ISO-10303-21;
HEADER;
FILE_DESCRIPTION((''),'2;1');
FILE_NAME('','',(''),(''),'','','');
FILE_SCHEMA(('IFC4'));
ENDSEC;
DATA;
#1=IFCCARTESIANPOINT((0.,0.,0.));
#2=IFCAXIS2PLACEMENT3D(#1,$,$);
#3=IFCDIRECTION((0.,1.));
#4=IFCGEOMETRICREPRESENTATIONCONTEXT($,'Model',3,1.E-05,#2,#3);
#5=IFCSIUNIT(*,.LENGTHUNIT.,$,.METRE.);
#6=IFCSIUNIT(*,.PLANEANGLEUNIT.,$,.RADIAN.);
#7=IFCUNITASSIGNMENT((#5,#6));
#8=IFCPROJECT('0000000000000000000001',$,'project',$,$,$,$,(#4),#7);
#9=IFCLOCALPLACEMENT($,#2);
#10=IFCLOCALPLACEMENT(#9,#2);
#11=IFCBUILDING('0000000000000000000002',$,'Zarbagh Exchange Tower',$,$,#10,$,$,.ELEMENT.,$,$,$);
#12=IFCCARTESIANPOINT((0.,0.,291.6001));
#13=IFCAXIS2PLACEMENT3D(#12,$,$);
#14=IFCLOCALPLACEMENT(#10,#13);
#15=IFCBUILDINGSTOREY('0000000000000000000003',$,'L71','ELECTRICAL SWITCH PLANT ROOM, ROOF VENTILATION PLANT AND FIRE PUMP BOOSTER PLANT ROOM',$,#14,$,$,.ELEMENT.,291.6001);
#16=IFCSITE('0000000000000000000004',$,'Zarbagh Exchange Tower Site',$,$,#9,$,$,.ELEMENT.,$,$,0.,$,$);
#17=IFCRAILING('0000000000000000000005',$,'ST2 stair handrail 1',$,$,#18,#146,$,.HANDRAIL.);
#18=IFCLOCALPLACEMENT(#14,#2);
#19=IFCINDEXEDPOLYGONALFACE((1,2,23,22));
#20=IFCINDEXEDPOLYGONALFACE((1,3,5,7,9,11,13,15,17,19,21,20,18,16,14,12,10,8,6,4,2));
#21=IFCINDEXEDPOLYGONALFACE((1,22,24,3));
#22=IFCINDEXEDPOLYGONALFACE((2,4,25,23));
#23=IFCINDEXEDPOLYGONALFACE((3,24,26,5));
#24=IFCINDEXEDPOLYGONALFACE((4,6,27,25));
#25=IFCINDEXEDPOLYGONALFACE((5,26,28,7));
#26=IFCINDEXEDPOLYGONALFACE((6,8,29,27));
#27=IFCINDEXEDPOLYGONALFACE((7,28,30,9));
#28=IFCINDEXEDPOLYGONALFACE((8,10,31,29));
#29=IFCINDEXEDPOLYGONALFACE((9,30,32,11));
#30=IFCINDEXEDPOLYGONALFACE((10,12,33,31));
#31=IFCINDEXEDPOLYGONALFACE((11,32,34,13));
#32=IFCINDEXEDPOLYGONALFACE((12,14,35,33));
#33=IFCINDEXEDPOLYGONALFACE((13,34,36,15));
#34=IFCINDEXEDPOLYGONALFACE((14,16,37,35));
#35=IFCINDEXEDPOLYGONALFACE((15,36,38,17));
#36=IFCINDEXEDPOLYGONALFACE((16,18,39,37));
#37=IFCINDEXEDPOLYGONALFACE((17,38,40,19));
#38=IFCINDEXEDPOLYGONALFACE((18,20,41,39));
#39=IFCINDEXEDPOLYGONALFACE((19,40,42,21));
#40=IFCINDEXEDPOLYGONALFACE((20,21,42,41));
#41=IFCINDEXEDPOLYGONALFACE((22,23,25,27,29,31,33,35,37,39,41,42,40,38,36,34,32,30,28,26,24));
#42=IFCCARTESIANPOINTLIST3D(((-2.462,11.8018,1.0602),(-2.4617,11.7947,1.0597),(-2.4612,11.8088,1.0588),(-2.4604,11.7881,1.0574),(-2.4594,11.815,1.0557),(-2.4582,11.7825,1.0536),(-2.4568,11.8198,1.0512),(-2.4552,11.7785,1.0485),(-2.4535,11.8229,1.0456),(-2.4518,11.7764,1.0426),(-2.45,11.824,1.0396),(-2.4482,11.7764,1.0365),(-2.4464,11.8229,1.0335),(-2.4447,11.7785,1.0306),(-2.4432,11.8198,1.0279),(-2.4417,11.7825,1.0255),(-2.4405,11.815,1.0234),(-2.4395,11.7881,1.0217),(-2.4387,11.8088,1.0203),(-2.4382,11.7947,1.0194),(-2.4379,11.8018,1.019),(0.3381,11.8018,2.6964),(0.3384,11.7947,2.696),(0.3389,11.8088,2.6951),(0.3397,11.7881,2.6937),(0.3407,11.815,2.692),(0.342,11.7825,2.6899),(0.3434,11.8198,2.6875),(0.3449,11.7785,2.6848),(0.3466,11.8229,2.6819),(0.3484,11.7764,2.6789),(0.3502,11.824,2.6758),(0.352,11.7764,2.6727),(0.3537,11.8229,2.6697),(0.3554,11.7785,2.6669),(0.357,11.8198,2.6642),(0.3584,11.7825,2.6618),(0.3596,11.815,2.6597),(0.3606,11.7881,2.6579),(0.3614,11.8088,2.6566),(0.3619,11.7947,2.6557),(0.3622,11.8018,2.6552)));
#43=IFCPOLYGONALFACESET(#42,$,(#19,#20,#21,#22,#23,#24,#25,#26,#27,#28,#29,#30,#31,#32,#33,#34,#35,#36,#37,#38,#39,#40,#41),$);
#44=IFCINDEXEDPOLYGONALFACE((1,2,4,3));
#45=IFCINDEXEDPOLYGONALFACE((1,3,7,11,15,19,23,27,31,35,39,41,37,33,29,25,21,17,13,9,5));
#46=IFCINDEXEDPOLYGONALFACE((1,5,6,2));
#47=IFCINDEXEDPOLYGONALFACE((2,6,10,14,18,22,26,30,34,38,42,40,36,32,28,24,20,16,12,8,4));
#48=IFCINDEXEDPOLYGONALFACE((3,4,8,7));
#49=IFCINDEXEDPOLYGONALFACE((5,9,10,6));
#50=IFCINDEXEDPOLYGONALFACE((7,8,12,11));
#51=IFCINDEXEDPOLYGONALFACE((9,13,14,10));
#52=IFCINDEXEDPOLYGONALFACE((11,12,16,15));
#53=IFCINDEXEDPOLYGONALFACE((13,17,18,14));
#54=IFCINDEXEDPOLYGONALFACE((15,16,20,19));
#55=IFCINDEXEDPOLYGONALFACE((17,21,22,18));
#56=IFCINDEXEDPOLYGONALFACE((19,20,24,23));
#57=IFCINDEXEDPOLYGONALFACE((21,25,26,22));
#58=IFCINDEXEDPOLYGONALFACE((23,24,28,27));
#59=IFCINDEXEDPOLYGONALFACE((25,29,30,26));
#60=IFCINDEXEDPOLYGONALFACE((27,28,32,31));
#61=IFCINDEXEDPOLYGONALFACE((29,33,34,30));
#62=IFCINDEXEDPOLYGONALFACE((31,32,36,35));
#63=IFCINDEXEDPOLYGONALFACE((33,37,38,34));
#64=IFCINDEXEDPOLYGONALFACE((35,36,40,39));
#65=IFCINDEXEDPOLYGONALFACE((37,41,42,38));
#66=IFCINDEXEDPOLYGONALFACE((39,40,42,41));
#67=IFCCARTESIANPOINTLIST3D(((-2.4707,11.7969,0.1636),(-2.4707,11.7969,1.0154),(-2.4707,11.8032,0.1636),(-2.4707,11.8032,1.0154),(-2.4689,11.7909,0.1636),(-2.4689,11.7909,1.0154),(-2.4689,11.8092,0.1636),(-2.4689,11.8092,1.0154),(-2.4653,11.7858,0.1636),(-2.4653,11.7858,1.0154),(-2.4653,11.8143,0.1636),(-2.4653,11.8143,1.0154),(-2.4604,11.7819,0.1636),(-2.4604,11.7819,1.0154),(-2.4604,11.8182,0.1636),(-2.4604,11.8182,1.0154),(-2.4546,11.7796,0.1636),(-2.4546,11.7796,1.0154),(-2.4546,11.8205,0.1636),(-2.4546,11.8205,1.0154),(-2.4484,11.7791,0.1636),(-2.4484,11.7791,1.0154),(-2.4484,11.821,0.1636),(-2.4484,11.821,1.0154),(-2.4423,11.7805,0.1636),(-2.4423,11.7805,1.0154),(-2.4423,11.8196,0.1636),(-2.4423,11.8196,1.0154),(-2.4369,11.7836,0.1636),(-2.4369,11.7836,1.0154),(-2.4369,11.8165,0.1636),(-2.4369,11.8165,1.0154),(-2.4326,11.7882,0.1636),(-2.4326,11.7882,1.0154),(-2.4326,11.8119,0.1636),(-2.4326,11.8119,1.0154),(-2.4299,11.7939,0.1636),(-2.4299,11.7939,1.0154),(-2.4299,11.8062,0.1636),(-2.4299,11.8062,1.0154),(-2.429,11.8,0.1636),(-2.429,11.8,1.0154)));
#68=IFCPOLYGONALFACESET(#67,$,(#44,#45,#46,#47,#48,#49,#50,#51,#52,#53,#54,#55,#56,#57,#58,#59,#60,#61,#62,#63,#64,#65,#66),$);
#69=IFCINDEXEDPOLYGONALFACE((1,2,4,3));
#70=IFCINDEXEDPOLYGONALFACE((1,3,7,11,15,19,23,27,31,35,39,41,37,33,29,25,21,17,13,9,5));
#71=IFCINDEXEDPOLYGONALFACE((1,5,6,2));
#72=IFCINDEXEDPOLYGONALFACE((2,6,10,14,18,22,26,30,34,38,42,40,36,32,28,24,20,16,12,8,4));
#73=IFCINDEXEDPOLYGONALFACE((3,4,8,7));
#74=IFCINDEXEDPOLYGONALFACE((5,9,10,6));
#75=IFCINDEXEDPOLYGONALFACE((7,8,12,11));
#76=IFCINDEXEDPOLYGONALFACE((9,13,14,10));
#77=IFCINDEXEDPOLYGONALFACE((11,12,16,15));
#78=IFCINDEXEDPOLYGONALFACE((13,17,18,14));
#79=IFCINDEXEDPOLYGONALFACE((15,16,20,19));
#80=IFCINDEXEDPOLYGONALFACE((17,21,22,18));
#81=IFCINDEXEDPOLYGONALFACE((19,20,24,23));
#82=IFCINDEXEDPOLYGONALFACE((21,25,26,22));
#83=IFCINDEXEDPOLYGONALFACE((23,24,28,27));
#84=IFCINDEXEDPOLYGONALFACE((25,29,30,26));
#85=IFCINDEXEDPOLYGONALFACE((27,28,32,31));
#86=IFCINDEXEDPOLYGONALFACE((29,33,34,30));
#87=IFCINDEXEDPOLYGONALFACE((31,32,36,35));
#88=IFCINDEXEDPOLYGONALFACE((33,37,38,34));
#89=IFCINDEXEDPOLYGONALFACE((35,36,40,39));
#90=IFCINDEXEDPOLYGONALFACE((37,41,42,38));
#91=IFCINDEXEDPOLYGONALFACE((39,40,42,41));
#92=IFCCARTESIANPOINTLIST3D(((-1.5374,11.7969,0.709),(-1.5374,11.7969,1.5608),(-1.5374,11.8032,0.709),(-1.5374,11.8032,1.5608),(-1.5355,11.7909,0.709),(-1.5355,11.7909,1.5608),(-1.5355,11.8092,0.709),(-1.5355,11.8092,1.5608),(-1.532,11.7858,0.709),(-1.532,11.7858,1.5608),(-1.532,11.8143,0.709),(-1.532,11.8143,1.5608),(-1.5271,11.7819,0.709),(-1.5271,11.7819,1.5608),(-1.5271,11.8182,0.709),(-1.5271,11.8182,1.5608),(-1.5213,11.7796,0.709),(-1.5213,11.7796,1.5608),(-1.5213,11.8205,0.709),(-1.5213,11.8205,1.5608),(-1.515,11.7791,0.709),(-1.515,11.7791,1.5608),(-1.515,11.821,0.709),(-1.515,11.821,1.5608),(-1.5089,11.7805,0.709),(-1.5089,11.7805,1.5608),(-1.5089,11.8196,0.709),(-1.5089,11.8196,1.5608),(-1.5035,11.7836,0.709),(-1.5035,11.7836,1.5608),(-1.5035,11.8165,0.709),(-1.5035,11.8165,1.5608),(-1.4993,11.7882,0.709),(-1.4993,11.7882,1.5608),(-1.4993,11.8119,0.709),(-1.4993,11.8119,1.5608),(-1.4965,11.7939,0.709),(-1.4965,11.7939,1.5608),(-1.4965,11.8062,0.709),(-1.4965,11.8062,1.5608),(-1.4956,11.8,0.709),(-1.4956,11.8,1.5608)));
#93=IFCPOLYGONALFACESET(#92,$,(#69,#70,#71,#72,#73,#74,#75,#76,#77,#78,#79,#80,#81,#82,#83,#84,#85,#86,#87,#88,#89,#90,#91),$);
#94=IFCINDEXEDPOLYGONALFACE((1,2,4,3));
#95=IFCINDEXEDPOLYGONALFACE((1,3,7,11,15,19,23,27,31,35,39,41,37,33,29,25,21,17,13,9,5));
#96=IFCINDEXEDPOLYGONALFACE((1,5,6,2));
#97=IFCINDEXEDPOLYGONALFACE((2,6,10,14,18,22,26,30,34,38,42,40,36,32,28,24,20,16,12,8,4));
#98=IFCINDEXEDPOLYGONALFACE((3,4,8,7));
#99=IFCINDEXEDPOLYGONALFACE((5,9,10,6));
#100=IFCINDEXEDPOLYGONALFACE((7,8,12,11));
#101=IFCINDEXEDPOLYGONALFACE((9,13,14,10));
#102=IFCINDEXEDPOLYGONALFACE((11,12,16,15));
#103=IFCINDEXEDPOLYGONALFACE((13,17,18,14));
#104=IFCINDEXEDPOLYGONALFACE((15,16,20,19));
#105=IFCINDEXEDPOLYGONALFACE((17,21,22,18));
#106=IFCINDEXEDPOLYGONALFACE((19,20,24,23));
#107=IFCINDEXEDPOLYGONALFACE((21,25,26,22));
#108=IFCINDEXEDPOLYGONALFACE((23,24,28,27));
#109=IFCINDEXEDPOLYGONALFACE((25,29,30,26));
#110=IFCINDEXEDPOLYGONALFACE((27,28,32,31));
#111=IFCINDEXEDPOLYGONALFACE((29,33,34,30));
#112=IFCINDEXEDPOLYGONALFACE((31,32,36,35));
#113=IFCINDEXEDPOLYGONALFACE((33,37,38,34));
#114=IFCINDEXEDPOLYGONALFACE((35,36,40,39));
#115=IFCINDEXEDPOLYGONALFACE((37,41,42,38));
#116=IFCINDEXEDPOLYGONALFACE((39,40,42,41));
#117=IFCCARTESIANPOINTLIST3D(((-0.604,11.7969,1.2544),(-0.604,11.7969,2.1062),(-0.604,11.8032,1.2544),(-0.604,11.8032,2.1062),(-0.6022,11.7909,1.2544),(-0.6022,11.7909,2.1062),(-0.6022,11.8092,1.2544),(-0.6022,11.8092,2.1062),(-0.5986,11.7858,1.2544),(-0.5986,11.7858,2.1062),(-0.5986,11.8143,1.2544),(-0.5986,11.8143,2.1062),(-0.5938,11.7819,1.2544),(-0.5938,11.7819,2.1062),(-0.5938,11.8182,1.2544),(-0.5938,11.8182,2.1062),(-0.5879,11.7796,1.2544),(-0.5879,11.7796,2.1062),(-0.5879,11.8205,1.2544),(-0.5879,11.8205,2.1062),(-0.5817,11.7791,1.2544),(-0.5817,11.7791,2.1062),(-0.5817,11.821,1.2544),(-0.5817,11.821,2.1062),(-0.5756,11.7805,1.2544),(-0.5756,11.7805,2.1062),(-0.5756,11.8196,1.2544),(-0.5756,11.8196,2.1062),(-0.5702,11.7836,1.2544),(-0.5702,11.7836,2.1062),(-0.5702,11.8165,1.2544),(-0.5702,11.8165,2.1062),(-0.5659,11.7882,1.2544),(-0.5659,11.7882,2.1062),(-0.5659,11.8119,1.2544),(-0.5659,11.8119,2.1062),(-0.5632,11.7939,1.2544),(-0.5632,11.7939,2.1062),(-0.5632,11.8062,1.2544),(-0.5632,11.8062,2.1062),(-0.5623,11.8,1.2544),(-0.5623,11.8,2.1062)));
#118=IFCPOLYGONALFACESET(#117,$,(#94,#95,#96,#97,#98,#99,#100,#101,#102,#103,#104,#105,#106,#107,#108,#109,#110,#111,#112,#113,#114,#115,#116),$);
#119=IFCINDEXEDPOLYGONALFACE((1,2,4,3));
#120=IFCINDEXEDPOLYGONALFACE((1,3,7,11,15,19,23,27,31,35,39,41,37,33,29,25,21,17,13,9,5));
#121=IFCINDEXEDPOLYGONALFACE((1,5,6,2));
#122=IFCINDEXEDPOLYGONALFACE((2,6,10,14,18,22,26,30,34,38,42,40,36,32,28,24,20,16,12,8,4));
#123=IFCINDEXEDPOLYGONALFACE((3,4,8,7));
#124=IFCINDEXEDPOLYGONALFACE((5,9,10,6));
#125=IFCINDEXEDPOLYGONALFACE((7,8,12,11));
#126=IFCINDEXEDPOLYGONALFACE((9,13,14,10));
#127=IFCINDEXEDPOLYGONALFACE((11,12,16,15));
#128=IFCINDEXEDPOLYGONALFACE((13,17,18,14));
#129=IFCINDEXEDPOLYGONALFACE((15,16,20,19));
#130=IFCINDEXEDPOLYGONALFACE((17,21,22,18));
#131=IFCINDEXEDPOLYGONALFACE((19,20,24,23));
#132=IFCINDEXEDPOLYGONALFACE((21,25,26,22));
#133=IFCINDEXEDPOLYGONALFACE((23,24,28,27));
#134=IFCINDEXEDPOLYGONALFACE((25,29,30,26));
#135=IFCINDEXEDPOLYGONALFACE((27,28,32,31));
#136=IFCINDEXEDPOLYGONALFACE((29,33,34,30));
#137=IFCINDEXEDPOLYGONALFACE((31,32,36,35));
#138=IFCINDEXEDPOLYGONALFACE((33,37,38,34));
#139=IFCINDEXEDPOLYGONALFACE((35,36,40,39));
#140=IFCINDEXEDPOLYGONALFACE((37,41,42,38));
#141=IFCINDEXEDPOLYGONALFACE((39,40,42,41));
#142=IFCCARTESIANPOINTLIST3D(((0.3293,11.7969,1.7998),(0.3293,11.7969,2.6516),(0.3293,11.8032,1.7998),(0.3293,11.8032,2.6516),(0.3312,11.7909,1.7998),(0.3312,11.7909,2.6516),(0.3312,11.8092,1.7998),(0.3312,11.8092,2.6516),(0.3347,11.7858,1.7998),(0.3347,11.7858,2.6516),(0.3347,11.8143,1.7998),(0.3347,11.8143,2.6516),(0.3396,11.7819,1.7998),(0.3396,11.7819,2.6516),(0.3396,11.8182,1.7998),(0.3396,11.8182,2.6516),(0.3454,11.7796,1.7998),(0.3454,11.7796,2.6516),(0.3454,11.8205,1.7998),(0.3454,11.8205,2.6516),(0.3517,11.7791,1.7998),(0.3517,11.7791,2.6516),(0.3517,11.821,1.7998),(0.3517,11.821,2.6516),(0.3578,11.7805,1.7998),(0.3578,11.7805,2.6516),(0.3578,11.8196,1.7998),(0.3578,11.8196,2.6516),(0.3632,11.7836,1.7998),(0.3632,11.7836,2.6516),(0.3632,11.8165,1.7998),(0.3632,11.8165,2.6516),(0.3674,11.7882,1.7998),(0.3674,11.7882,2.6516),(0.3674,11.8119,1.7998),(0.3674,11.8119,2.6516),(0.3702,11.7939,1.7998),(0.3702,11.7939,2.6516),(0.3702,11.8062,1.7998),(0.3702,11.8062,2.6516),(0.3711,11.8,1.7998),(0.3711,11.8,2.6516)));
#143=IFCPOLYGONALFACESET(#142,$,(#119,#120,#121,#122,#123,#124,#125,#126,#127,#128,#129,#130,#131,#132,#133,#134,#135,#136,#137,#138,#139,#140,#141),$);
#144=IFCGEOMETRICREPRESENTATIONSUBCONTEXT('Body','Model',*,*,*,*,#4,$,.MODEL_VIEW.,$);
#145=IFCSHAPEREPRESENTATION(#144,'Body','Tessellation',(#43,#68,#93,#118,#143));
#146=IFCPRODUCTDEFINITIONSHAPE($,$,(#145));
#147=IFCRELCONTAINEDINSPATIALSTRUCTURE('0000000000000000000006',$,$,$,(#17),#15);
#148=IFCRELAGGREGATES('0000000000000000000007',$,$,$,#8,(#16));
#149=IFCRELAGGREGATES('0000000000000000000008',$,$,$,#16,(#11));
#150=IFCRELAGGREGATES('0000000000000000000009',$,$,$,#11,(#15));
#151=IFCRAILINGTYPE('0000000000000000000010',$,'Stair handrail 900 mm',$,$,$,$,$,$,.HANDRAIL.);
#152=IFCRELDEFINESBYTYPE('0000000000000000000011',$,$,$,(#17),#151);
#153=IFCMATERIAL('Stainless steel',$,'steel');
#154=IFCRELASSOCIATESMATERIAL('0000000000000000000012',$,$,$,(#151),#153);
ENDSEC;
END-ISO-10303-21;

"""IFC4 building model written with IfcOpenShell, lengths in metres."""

from ifc_helpers import new_model, si_unit, direction, frame, origin, origin_2d, place, context, subcontext, project, spatial, circle, extrude, material, type_object, element, save


model = new_model("IFC4")

# Units and contexts
model_context = context("Model", 3, precision=1e-05, world=origin(), true_north=direction((0.0, 1.0)))
body_context = subcontext(model_context, "Body", "Model", "MODEL_VIEW")
ifc_project = project(units=[si_unit("LENGTHUNIT", "METRE"), si_unit("PLANEANGLEUNIT", "RADIAN")], contexts=[model_context])

# Site, building, storey
site_placement = place(None, origin())
site = spatial("IfcSite", under=ifc_project, at=site_placement, Name="Zarbagh Exchange Tower Site", CompositionType="ELEMENT", RefElevation=0.0)
building_placement = place(site_placement, origin())
building = spatial("IfcBuilding", under=site, at=building_placement, Name="Zarbagh Exchange Tower", CompositionType="ELEMENT")
storey_placement = place(building_placement, frame((0.0, 0.0, 291.6001)))
storey = spatial("IfcBuildingStorey", under=building, at=storey_placement, Name="L71", Description="ELECTRICAL SWITCH PLANT ROOM, ROOF VENTILATION PLANT AND FIRE PUMP BOOSTER PLANT ROOM", CompositionType="ELEMENT", Elevation=291.6001)

# Railing
ifc_material_1 = material(Name="Stainless steel", Category="steel")
railing_type = type_object("IfcRailingType", Name="Stair handrail 900 mm", PredefinedType="HANDRAIL", material=ifc_material_1)
railing_1_placement = place(storey_placement, frame((-2.45, 11.8, 0.1636)))
element("IfcRailing", 1, at=railing_1_placement, inside=storey, type_object=railing_type, Name="ST2 stair handrail 1", PredefinedType="HANDRAIL", context=body_context, shape_type="SweptSolid", body=[
    extrude(circle(Radius=0.0239, at=origin_2d()), frame((0.0, 0.0, 0.876), z_axis=(0.863394, 0.0, 0.504531), x_axis=(0.0, 1.0, 0.0)), (0.0, 0.0, 1.0), 3.2432),
    extrude(circle(Radius=0.021, at=origin_2d()), origin(), (0.0, 0.0, 1.0), 0.8518),
    extrude(circle(Radius=0.021, at=origin_2d()), frame((0.9333, 0.0, 0.5454)), (0.0, 0.0, 1.0), 0.8518),
    extrude(circle(Radius=0.021, at=origin_2d()), frame((1.8667, 0.0, 1.0908)), (0.0, 0.0, 1.0), 0.8518),
    extrude(circle(Radius=0.021, at=origin_2d()), frame((2.8, 0.0, 1.6362)), (0.0, 0.0, 1.0), 0.8518),
])

save(model, "model.ifc")
